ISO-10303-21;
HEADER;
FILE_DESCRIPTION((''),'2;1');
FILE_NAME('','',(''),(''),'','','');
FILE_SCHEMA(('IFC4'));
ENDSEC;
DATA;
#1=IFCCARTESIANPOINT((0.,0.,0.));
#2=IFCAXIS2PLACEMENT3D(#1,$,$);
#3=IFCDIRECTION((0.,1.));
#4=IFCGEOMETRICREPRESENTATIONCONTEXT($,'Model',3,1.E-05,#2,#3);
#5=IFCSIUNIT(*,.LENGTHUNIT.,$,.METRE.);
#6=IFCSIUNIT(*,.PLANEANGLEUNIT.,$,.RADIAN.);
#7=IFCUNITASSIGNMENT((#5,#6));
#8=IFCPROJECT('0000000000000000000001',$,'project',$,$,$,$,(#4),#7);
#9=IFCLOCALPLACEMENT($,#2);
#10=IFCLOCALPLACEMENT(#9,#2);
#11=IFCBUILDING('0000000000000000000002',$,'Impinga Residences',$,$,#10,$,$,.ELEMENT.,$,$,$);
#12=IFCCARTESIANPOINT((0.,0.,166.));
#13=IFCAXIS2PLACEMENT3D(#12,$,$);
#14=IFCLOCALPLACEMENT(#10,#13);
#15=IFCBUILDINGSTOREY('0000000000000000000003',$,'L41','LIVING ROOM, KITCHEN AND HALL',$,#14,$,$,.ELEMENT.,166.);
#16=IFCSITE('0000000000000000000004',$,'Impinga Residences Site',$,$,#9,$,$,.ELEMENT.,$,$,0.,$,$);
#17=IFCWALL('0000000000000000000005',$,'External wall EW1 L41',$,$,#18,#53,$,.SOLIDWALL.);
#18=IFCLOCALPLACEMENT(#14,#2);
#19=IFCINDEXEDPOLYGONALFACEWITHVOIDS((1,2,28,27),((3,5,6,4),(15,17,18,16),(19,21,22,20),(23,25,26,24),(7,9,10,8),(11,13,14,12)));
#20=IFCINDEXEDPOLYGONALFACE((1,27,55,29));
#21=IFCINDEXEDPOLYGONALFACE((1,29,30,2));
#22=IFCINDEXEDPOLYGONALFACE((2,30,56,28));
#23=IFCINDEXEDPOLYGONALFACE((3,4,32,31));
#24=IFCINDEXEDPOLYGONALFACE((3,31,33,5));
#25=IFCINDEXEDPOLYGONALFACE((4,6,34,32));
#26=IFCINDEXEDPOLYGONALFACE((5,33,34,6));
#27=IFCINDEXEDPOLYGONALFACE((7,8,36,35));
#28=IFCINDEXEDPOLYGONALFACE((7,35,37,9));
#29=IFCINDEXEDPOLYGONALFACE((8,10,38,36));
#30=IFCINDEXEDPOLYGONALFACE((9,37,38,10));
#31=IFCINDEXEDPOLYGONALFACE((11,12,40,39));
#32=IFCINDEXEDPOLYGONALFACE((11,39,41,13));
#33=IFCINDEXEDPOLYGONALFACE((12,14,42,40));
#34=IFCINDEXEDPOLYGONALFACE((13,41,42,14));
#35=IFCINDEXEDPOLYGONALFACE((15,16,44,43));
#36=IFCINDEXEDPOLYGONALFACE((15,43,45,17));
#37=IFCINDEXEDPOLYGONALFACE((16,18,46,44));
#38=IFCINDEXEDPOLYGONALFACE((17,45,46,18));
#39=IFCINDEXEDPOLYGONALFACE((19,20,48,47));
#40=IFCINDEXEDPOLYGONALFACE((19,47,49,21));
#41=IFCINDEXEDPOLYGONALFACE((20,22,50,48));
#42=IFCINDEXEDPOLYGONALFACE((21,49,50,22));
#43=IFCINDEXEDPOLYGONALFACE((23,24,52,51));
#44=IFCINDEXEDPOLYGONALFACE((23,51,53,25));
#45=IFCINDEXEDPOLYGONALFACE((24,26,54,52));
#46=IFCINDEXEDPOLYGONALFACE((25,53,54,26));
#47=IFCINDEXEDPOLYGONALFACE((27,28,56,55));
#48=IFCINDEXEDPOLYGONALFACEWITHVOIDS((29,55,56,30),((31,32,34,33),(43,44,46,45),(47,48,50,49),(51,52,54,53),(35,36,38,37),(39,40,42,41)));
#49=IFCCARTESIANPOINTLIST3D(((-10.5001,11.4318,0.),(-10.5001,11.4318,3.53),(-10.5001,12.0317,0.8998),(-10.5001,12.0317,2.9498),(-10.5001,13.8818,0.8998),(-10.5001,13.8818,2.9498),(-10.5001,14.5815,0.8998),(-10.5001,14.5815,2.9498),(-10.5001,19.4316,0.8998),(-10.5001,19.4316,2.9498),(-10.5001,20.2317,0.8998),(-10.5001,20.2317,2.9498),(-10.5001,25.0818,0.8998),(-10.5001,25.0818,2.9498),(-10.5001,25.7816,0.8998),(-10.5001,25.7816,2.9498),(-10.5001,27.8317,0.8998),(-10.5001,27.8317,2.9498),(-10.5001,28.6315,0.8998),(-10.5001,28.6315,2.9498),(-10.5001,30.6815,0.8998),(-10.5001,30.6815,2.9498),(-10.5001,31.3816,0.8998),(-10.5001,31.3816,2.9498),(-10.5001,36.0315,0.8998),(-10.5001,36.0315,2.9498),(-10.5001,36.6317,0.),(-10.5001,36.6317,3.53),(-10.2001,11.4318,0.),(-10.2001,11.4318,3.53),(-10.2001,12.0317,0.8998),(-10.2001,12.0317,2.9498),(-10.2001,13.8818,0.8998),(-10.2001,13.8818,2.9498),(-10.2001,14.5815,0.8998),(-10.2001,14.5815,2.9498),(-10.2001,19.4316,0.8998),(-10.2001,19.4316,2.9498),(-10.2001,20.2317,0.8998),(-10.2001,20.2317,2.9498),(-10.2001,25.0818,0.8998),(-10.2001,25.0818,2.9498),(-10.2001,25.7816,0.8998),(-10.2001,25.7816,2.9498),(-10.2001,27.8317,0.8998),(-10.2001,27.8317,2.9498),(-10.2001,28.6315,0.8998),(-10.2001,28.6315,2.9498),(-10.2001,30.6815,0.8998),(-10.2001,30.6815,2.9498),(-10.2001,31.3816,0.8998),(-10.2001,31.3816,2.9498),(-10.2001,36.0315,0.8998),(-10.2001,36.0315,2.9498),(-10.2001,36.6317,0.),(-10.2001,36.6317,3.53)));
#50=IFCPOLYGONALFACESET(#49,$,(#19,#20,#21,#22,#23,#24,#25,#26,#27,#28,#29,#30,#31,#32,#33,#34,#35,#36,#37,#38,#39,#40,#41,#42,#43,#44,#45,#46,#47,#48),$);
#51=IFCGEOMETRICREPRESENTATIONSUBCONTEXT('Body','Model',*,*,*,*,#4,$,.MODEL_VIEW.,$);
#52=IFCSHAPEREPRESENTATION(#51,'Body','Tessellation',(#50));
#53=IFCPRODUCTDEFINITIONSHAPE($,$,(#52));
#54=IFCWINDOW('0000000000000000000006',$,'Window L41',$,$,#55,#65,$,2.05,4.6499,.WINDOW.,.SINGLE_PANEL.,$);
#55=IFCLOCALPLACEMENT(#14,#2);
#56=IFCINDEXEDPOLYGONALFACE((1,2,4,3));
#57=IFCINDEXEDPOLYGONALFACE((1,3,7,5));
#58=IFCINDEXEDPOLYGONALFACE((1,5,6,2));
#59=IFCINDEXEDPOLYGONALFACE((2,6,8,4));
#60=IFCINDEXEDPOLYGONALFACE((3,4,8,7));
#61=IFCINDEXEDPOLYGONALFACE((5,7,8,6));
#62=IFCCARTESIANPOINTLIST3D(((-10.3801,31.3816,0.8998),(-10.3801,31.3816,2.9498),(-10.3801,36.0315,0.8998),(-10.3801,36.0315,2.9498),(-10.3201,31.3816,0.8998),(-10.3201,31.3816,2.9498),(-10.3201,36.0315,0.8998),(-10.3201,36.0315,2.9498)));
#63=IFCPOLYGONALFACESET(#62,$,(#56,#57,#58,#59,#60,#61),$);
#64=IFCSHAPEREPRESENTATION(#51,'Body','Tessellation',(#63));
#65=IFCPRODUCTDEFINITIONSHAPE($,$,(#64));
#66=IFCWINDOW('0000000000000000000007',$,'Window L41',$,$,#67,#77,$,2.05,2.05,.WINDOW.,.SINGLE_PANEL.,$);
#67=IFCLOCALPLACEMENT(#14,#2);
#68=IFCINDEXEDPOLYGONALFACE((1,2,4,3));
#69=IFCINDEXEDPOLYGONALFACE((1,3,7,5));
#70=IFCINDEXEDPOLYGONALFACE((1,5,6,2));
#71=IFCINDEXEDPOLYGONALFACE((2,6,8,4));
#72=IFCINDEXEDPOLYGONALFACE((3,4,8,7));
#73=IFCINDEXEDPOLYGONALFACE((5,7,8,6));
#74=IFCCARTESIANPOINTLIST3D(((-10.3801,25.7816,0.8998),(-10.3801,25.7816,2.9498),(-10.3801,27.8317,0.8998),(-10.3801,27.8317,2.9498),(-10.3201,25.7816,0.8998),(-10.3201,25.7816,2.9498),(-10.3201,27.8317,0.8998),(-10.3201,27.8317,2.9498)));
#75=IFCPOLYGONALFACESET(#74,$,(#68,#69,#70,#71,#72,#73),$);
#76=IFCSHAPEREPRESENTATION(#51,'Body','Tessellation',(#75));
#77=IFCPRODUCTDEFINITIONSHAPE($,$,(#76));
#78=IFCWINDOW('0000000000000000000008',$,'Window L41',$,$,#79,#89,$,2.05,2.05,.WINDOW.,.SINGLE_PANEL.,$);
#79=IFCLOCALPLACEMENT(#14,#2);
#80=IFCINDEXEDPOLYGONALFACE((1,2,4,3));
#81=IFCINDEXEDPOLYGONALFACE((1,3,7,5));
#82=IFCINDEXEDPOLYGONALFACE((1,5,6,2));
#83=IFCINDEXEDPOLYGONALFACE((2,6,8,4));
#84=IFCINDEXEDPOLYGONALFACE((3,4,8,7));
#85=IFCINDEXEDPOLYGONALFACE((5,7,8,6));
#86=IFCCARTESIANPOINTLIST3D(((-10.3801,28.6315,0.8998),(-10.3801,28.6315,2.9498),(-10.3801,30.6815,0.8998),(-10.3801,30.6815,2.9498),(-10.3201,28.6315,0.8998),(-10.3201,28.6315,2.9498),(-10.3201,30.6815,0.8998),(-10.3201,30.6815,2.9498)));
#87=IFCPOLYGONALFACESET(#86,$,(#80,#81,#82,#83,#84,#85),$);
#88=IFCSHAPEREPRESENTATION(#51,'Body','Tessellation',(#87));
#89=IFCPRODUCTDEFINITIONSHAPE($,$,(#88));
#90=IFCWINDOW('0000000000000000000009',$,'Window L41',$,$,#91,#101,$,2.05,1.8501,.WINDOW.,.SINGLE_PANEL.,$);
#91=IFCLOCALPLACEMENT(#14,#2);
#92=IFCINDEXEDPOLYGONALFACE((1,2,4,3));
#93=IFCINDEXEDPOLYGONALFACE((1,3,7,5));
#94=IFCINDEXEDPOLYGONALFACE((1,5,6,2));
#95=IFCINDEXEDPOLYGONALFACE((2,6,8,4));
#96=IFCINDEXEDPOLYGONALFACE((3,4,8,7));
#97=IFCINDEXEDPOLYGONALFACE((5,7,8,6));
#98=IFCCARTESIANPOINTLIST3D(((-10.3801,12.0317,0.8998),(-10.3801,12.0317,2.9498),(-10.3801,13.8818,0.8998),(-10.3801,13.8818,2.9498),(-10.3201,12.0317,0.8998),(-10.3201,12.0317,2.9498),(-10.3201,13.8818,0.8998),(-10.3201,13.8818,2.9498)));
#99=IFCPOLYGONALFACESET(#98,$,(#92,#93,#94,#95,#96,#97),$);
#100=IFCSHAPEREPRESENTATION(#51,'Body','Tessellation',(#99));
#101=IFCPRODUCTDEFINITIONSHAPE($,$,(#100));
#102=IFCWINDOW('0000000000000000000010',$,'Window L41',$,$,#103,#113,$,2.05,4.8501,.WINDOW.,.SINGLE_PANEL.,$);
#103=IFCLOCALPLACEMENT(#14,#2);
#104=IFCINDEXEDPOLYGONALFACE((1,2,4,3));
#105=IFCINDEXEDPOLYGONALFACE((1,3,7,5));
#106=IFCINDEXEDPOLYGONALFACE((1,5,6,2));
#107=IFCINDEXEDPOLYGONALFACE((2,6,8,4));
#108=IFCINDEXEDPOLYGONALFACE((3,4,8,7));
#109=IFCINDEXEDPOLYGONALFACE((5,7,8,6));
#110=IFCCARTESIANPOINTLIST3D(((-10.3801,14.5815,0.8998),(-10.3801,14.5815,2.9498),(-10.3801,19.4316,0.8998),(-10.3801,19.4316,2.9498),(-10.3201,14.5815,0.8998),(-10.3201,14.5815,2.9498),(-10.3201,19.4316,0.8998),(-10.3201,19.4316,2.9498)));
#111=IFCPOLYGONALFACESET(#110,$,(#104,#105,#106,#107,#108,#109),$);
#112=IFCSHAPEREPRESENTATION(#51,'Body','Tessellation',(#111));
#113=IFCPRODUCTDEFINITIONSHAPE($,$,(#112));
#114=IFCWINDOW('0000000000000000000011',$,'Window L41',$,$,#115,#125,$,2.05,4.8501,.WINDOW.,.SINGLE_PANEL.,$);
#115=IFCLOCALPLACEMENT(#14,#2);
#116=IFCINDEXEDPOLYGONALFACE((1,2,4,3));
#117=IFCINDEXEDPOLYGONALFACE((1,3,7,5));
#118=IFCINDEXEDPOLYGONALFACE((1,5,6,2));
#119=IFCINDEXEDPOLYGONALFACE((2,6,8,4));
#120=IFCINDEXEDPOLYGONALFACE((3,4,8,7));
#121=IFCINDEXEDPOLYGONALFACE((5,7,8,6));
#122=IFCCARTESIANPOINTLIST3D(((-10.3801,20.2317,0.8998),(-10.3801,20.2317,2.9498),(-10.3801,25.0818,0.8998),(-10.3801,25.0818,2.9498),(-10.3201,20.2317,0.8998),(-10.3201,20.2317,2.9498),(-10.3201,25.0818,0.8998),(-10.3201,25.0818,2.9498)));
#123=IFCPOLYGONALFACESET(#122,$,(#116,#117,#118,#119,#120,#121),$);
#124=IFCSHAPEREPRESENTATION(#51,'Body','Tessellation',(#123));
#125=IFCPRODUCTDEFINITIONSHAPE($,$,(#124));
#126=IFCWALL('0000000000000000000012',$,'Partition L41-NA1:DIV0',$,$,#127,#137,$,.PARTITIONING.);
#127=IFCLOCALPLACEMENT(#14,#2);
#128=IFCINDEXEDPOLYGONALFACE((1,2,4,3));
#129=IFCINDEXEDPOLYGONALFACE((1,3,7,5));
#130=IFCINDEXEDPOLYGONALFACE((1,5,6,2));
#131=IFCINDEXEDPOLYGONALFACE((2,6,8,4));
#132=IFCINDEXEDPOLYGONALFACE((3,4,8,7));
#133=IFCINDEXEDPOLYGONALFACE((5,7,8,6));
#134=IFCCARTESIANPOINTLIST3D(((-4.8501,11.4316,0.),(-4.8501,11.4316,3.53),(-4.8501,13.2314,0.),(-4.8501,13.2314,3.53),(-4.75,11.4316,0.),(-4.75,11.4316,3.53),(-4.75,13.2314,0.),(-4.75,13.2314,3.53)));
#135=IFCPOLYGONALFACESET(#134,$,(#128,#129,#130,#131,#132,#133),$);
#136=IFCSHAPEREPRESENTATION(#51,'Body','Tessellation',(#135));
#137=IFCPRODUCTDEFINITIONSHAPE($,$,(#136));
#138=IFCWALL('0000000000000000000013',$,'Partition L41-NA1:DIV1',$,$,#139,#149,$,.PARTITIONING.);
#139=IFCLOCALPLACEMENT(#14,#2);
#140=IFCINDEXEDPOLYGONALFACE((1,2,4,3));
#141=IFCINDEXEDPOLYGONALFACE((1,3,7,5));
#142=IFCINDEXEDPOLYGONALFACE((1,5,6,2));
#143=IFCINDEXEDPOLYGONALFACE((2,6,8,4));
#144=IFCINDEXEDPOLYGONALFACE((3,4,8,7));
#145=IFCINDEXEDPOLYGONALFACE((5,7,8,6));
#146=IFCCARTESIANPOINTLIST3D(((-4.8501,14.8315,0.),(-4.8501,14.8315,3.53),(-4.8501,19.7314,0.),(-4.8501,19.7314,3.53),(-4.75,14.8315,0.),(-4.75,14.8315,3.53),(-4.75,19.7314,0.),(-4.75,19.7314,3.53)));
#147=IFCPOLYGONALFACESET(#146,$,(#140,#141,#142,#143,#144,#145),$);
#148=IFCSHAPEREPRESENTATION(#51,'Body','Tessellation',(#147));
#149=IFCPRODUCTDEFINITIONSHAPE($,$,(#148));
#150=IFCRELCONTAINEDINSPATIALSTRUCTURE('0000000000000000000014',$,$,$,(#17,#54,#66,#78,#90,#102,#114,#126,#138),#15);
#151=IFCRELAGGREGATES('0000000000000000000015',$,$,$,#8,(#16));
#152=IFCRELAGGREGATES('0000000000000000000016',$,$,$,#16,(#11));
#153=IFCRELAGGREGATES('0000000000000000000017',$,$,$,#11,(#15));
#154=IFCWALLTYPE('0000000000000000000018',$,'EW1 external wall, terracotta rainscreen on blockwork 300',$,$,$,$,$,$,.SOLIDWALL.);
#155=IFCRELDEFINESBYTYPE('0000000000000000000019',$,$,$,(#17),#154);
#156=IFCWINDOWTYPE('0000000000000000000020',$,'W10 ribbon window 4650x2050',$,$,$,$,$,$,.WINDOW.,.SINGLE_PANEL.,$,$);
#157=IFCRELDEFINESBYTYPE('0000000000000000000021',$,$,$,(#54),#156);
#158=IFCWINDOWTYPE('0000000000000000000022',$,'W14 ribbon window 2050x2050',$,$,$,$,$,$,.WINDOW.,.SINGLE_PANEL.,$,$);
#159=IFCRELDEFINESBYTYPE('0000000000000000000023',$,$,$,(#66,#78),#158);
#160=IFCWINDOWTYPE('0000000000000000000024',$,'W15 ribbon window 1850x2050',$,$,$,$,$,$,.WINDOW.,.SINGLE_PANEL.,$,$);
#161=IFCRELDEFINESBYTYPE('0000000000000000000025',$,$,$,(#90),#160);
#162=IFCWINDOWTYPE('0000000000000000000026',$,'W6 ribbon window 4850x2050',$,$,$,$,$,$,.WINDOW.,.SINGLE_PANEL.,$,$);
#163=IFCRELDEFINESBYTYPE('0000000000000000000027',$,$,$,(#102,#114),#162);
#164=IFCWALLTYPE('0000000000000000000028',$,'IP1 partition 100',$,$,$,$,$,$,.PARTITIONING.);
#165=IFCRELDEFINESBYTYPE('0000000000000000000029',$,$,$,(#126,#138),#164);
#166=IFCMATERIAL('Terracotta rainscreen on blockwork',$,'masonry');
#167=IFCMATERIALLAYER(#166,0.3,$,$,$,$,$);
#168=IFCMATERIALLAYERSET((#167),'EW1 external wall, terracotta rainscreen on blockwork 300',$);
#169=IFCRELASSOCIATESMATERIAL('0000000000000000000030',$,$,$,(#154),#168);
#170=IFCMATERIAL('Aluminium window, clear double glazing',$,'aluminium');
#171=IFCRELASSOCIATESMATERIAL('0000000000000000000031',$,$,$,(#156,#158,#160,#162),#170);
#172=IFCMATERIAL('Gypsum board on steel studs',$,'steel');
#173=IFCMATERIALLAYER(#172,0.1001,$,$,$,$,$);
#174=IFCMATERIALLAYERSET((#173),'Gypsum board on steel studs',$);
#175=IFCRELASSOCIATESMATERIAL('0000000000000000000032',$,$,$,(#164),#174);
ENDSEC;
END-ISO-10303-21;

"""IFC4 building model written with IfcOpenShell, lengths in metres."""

from ifc_helpers import new_model, si_unit, direction, frame, frame_2d, origin, place, context, subcontext, project, spatial, rectangle, extrude, material, layer, layer_set, type_object, element, fill, save


model = new_model("IFC4")

# Units and contexts
model_context = context("Model", 3, precision=1e-05, world=origin(), true_north=direction((0.0, 1.0)))
body_context = subcontext(model_context, "Body", "Model", "MODEL_VIEW")
ifc_project = project(units=[si_unit("LENGTHUNIT", "METRE"), si_unit("PLANEANGLEUNIT", "RADIAN")], contexts=[model_context])

# Site, building, storey
site_placement = place(None, origin())
site = spatial("IfcSite", under=ifc_project, at=site_placement, Name="Impinga Residences Site", CompositionType="ELEMENT", RefElevation=0.0)
building_placement = place(site_placement, origin())
building = spatial("IfcBuilding", under=site, at=building_placement, Name="Impinga Residences", CompositionType="ELEMENT")
storey_placement = place(building_placement, frame((0.0, 0.0, 166.0)))
storey = spatial("IfcBuildingStorey", under=building, at=storey_placement, Name="L41", Description="LIVING ROOM, KITCHEN AND HALL", CompositionType="ELEMENT", Elevation=166.0)

# Shared definitions
ifc_material_1 = material(Name="Terracotta rainscreen on blockwork", Category="masonry")
ifc_layer_1 = layer(ifc_material_1, 0.3)
ifc_layer_set_1 = layer_set([ifc_layer_1], Name="EW1 external wall, terracotta rainscreen on blockwork 300")
wall_type_1 = type_object("IfcWallType", Name="EW1 external wall, terracotta rainscreen on blockwork 300", PredefinedType="SOLIDWALL", material=ifc_layer_set_1)

# Wall, openings, windows
wall_1_placement = place(storey_placement, frame((-10.3501, 11.4316, 0.0), z_axis=(0.0, 0.0, 1.0), x_axis=(0.0, 1.0, 0.0)))
wall_1 = element("IfcWall", 1, at=wall_1_placement, inside=storey, type_object=wall_type_1, Name="External wall EW1 L41", PredefinedType="SOLIDWALL", context=body_context, shape_type="SweptSolid", body=[
    extrude(rectangle(XDim=25.2, YDim=0.3, at=frame_2d((12.6001, 0.0))), origin(), (0.0, 0.0, 1.0), 3.53),
])
opening_1_placement = place(wall_1_placement, frame((0.6001, 0.0, 0.8999)))
opening_1 = element("IfcOpeningElement", 2, at=opening_1_placement, cuts=wall_1, PredefinedType="OPENING", context=body_context, shape_type="SweptSolid", body=[
    extrude(rectangle(XDim=1.8501, YDim=2.05, at=frame_2d((0.925, 1.0249))), frame((0.0, 0.1599, 0.0), z_axis=(0.0, -1.0, 0.0), x_axis=(1.0, 0.0, 0.0)), (0.0, 0.0, 1.0), 0.3201),
])
opening_2_placement = place(wall_1_placement, frame((3.1499, 0.0, 0.8999)))
opening_2 = element("IfcOpeningElement", 3, at=opening_2_placement, cuts=wall_1, PredefinedType="OPENING", context=body_context, shape_type="SweptSolid", body=[
    extrude(rectangle(XDim=4.8501, YDim=2.05, at=frame_2d((2.425, 1.0249))), frame((0.0, 0.1599, 0.0), z_axis=(0.0, -1.0, 0.0), x_axis=(1.0, 0.0, 0.0)), (0.0, 0.0, 1.0), 0.3201),
])
opening_3_placement = place(wall_1_placement, frame((8.8, 0.0, 0.8999)))
opening_3 = element("IfcOpeningElement", 4, at=opening_3_placement, cuts=wall_1, PredefinedType="OPENING", context=body_context, shape_type="SweptSolid", body=[
    extrude(rectangle(XDim=4.8501, YDim=2.05, at=frame_2d((2.425, 1.0249))), frame((0.0, 0.1599, 0.0), z_axis=(0.0, -1.0, 0.0), x_axis=(1.0, 0.0, 0.0)), (0.0, 0.0, 1.0), 0.3201),
])
opening_4_placement = place(wall_1_placement, frame((14.3501, 0.0, 0.8999)))
opening_4 = element("IfcOpeningElement", 5, at=opening_4_placement, cuts=wall_1, PredefinedType="OPENING", context=body_context, shape_type="SweptSolid", body=[
    extrude(rectangle(XDim=2.05, YDim=2.05, at=frame_2d((1.0249, 1.0249))), frame((0.0, 0.1599, 0.0), z_axis=(0.0, -1.0, 0.0), x_axis=(1.0, 0.0, 0.0)), (0.0, 0.0, 1.0), 0.3201),
])
opening_5_placement = place(wall_1_placement, frame((17.2, 0.0, 0.8999)))
opening_5 = element("IfcOpeningElement", 6, at=opening_5_placement, cuts=wall_1, PredefinedType="OPENING", context=body_context, shape_type="SweptSolid", body=[
    extrude(rectangle(XDim=2.05, YDim=2.05, at=frame_2d((1.0249, 1.0249))), frame((0.0, 0.1599, 0.0), z_axis=(0.0, -1.0, 0.0), x_axis=(1.0, 0.0, 0.0)), (0.0, 0.0, 1.0), 0.3201),
])
opening_6_placement = place(wall_1_placement, frame((19.95, 0.0, 0.8999)))
opening_6 = element("IfcOpeningElement", 7, at=opening_6_placement, cuts=wall_1, PredefinedType="OPENING", context=body_context, shape_type="SweptSolid", body=[
    extrude(rectangle(XDim=4.6499, YDim=2.05, at=frame_2d((2.325, 1.0249))), frame((0.0, 0.1599, 0.0), z_axis=(0.0, -1.0, 0.0), x_axis=(1.0, 0.0, 0.0)), (0.0, 0.0, 1.0), 0.3201),
])
ifc_material_2 = material(Name="Aluminium window, clear double glazing", Category="aluminium")
window_type_1 = type_object("IfcWindowType", Name="W10 ribbon window 4650x2050", PartitioningType="SINGLE_PANEL", PredefinedType="WINDOW", material=ifc_material_2)
window_1_placement = place(opening_6_placement, origin())
window_1 = element("IfcWindow", 8, at=window_1_placement, inside=storey, type_object=window_type_1, Name="Window L41", OverallHeight=2.05, OverallWidth=4.6499, PartitioningType="SINGLE_PANEL", PredefinedType="WINDOW", context=body_context, shape_type="SweptSolid", body=[
    extrude(rectangle(XDim=4.6499, YDim=2.05, at=frame_2d((2.325, 1.0249))), frame((0.0, 0.03, 0.0), z_axis=(0.0, -1.0, 0.0), x_axis=(1.0, 0.0, 0.0)), (0.0, 0.0, 1.0), 0.0601),
])
fill(opening_6, window_1)
window_type_2 = type_object("IfcWindowType", Name="W14 ribbon window 2050x2050", PartitioningType="SINGLE_PANEL", PredefinedType="WINDOW", material=ifc_material_2)
window_2_placement = place(opening_4_placement, origin())
window_2 = element("IfcWindow", 9, at=window_2_placement, inside=storey, type_object=window_type_2, Name="Window L41", OverallHeight=2.05, OverallWidth=2.05, PartitioningType="SINGLE_PANEL", PredefinedType="WINDOW", context=body_context, shape_type="SweptSolid", body=[
    extrude(rectangle(XDim=2.05, YDim=2.05, at=frame_2d((1.0249, 1.0249))), frame((0.0, 0.03, 0.0), z_axis=(0.0, -1.0, 0.0), x_axis=(1.0, 0.0, 0.0)), (0.0, 0.0, 1.0), 0.0601),
])
fill(opening_4, window_2)
window_3_placement = place(opening_5_placement, origin())
window_3 = element("IfcWindow", 10, at=window_3_placement, inside=storey, type_object=window_type_2, Name="Window L41", OverallHeight=2.05, OverallWidth=2.05, PartitioningType="SINGLE_PANEL", PredefinedType="WINDOW", context=body_context, shape_type="SweptSolid", body=[
    extrude(rectangle(XDim=2.05, YDim=2.05, at=frame_2d((1.0249, 1.0249))), frame((0.0, 0.03, 0.0), z_axis=(0.0, -1.0, 0.0), x_axis=(1.0, 0.0, 0.0)), (0.0, 0.0, 1.0), 0.0601),
])
fill(opening_5, window_3)
window_type_3 = type_object("IfcWindowType", Name="W15 ribbon window 1850x2050", PartitioningType="SINGLE_PANEL", PredefinedType="WINDOW", material=ifc_material_2)
window_4_placement = place(opening_1_placement, origin())
window_4 = element("IfcWindow", 11, at=window_4_placement, inside=storey, type_object=window_type_3, Name="Window L41", OverallHeight=2.05, OverallWidth=1.8501, PartitioningType="SINGLE_PANEL", PredefinedType="WINDOW", context=body_context, shape_type="SweptSolid", body=[
    extrude(rectangle(XDim=1.8501, YDim=2.05, at=frame_2d((0.925, 1.0249))), frame((0.0, 0.03, 0.0), z_axis=(0.0, -1.0, 0.0), x_axis=(1.0, 0.0, 0.0)), (0.0, 0.0, 1.0), 0.0601),
])
fill(opening_1, window_4)
window_type_4 = type_object("IfcWindowType", Name="W6 ribbon window 4850x2050", PartitioningType="SINGLE_PANEL", PredefinedType="WINDOW", material=ifc_material_2)
window_5_placement = place(opening_2_placement, origin())
window_5 = element("IfcWindow", 12, at=window_5_placement, inside=storey, type_object=window_type_4, Name="Window L41", OverallHeight=2.05, OverallWidth=4.8501, PartitioningType="SINGLE_PANEL", PredefinedType="WINDOW", context=body_context, shape_type="SweptSolid", body=[
    extrude(rectangle(XDim=4.8501, YDim=2.05, at=frame_2d((2.425, 1.0249))), frame((0.0, 0.03, 0.0), z_axis=(0.0, -1.0, 0.0), x_axis=(1.0, 0.0, 0.0)), (0.0, 0.0, 1.0), 0.0601),
])
fill(opening_2, window_5)
window_6_placement = place(opening_3_placement, origin())
window_6 = element("IfcWindow", 13, at=window_6_placement, inside=storey, type_object=window_type_4, Name="Window L41", OverallHeight=2.05, OverallWidth=4.8501, PartitioningType="SINGLE_PANEL", PredefinedType="WINDOW", context=body_context, shape_type="SweptSolid", body=[
    extrude(rectangle(XDim=4.8501, YDim=2.05, at=frame_2d((2.425, 1.0249))), frame((0.0, 0.03, 0.0), z_axis=(0.0, -1.0, 0.0), x_axis=(1.0, 0.0, 0.0)), (0.0, 0.0, 1.0), 0.0601),
])
fill(opening_3, window_6)

# Walls
ifc_material_3 = material(Name="Gypsum board on steel studs", Category="steel")
ifc_layer_2 = layer(ifc_material_3, 0.1001)
ifc_layer_set_2 = layer_set([ifc_layer_2], Name="Gypsum board on steel studs")
wall_type_2 = type_object("IfcWallType", Name="IP1 partition 100", PredefinedType="PARTITIONING", material=ifc_layer_set_2)
wall_2_placement = place(storey_placement, frame((-4.8, 11.4316, 0.0), z_axis=(0.0, 0.0, 1.0), x_axis=(0.0, 1.0, 0.0)))
element("IfcWall", 14, at=wall_2_placement, inside=storey, type_object=wall_type_2, Name="Partition L41-NA1:DIV0", PredefinedType="PARTITIONING", context=body_context, shape_type="SweptSolid", body=[
    extrude(rectangle(XDim=1.7998, YDim=0.1001, at=frame_2d((0.8999, 0.0))), origin(), (0.0, 0.0, 1.0), 3.53),
])
wall_3_placement = place(storey_placement, frame((-4.8, 14.8315, 0.0), z_axis=(0.0, 0.0, 1.0), x_axis=(0.0, 1.0, 0.0)))
element("IfcWall", 15, at=wall_3_placement, inside=storey, type_object=wall_type_2, Name="Partition L41-NA1:DIV1", PredefinedType="PARTITIONING", context=body_context, shape_type="SweptSolid", body=[
    extrude(rectangle(XDim=4.8999, YDim=0.1001, at=frame_2d((2.45, 0.0))), origin(), (0.0, 0.0, 1.0), 3.53),
])

save(model, "model.ifc")
